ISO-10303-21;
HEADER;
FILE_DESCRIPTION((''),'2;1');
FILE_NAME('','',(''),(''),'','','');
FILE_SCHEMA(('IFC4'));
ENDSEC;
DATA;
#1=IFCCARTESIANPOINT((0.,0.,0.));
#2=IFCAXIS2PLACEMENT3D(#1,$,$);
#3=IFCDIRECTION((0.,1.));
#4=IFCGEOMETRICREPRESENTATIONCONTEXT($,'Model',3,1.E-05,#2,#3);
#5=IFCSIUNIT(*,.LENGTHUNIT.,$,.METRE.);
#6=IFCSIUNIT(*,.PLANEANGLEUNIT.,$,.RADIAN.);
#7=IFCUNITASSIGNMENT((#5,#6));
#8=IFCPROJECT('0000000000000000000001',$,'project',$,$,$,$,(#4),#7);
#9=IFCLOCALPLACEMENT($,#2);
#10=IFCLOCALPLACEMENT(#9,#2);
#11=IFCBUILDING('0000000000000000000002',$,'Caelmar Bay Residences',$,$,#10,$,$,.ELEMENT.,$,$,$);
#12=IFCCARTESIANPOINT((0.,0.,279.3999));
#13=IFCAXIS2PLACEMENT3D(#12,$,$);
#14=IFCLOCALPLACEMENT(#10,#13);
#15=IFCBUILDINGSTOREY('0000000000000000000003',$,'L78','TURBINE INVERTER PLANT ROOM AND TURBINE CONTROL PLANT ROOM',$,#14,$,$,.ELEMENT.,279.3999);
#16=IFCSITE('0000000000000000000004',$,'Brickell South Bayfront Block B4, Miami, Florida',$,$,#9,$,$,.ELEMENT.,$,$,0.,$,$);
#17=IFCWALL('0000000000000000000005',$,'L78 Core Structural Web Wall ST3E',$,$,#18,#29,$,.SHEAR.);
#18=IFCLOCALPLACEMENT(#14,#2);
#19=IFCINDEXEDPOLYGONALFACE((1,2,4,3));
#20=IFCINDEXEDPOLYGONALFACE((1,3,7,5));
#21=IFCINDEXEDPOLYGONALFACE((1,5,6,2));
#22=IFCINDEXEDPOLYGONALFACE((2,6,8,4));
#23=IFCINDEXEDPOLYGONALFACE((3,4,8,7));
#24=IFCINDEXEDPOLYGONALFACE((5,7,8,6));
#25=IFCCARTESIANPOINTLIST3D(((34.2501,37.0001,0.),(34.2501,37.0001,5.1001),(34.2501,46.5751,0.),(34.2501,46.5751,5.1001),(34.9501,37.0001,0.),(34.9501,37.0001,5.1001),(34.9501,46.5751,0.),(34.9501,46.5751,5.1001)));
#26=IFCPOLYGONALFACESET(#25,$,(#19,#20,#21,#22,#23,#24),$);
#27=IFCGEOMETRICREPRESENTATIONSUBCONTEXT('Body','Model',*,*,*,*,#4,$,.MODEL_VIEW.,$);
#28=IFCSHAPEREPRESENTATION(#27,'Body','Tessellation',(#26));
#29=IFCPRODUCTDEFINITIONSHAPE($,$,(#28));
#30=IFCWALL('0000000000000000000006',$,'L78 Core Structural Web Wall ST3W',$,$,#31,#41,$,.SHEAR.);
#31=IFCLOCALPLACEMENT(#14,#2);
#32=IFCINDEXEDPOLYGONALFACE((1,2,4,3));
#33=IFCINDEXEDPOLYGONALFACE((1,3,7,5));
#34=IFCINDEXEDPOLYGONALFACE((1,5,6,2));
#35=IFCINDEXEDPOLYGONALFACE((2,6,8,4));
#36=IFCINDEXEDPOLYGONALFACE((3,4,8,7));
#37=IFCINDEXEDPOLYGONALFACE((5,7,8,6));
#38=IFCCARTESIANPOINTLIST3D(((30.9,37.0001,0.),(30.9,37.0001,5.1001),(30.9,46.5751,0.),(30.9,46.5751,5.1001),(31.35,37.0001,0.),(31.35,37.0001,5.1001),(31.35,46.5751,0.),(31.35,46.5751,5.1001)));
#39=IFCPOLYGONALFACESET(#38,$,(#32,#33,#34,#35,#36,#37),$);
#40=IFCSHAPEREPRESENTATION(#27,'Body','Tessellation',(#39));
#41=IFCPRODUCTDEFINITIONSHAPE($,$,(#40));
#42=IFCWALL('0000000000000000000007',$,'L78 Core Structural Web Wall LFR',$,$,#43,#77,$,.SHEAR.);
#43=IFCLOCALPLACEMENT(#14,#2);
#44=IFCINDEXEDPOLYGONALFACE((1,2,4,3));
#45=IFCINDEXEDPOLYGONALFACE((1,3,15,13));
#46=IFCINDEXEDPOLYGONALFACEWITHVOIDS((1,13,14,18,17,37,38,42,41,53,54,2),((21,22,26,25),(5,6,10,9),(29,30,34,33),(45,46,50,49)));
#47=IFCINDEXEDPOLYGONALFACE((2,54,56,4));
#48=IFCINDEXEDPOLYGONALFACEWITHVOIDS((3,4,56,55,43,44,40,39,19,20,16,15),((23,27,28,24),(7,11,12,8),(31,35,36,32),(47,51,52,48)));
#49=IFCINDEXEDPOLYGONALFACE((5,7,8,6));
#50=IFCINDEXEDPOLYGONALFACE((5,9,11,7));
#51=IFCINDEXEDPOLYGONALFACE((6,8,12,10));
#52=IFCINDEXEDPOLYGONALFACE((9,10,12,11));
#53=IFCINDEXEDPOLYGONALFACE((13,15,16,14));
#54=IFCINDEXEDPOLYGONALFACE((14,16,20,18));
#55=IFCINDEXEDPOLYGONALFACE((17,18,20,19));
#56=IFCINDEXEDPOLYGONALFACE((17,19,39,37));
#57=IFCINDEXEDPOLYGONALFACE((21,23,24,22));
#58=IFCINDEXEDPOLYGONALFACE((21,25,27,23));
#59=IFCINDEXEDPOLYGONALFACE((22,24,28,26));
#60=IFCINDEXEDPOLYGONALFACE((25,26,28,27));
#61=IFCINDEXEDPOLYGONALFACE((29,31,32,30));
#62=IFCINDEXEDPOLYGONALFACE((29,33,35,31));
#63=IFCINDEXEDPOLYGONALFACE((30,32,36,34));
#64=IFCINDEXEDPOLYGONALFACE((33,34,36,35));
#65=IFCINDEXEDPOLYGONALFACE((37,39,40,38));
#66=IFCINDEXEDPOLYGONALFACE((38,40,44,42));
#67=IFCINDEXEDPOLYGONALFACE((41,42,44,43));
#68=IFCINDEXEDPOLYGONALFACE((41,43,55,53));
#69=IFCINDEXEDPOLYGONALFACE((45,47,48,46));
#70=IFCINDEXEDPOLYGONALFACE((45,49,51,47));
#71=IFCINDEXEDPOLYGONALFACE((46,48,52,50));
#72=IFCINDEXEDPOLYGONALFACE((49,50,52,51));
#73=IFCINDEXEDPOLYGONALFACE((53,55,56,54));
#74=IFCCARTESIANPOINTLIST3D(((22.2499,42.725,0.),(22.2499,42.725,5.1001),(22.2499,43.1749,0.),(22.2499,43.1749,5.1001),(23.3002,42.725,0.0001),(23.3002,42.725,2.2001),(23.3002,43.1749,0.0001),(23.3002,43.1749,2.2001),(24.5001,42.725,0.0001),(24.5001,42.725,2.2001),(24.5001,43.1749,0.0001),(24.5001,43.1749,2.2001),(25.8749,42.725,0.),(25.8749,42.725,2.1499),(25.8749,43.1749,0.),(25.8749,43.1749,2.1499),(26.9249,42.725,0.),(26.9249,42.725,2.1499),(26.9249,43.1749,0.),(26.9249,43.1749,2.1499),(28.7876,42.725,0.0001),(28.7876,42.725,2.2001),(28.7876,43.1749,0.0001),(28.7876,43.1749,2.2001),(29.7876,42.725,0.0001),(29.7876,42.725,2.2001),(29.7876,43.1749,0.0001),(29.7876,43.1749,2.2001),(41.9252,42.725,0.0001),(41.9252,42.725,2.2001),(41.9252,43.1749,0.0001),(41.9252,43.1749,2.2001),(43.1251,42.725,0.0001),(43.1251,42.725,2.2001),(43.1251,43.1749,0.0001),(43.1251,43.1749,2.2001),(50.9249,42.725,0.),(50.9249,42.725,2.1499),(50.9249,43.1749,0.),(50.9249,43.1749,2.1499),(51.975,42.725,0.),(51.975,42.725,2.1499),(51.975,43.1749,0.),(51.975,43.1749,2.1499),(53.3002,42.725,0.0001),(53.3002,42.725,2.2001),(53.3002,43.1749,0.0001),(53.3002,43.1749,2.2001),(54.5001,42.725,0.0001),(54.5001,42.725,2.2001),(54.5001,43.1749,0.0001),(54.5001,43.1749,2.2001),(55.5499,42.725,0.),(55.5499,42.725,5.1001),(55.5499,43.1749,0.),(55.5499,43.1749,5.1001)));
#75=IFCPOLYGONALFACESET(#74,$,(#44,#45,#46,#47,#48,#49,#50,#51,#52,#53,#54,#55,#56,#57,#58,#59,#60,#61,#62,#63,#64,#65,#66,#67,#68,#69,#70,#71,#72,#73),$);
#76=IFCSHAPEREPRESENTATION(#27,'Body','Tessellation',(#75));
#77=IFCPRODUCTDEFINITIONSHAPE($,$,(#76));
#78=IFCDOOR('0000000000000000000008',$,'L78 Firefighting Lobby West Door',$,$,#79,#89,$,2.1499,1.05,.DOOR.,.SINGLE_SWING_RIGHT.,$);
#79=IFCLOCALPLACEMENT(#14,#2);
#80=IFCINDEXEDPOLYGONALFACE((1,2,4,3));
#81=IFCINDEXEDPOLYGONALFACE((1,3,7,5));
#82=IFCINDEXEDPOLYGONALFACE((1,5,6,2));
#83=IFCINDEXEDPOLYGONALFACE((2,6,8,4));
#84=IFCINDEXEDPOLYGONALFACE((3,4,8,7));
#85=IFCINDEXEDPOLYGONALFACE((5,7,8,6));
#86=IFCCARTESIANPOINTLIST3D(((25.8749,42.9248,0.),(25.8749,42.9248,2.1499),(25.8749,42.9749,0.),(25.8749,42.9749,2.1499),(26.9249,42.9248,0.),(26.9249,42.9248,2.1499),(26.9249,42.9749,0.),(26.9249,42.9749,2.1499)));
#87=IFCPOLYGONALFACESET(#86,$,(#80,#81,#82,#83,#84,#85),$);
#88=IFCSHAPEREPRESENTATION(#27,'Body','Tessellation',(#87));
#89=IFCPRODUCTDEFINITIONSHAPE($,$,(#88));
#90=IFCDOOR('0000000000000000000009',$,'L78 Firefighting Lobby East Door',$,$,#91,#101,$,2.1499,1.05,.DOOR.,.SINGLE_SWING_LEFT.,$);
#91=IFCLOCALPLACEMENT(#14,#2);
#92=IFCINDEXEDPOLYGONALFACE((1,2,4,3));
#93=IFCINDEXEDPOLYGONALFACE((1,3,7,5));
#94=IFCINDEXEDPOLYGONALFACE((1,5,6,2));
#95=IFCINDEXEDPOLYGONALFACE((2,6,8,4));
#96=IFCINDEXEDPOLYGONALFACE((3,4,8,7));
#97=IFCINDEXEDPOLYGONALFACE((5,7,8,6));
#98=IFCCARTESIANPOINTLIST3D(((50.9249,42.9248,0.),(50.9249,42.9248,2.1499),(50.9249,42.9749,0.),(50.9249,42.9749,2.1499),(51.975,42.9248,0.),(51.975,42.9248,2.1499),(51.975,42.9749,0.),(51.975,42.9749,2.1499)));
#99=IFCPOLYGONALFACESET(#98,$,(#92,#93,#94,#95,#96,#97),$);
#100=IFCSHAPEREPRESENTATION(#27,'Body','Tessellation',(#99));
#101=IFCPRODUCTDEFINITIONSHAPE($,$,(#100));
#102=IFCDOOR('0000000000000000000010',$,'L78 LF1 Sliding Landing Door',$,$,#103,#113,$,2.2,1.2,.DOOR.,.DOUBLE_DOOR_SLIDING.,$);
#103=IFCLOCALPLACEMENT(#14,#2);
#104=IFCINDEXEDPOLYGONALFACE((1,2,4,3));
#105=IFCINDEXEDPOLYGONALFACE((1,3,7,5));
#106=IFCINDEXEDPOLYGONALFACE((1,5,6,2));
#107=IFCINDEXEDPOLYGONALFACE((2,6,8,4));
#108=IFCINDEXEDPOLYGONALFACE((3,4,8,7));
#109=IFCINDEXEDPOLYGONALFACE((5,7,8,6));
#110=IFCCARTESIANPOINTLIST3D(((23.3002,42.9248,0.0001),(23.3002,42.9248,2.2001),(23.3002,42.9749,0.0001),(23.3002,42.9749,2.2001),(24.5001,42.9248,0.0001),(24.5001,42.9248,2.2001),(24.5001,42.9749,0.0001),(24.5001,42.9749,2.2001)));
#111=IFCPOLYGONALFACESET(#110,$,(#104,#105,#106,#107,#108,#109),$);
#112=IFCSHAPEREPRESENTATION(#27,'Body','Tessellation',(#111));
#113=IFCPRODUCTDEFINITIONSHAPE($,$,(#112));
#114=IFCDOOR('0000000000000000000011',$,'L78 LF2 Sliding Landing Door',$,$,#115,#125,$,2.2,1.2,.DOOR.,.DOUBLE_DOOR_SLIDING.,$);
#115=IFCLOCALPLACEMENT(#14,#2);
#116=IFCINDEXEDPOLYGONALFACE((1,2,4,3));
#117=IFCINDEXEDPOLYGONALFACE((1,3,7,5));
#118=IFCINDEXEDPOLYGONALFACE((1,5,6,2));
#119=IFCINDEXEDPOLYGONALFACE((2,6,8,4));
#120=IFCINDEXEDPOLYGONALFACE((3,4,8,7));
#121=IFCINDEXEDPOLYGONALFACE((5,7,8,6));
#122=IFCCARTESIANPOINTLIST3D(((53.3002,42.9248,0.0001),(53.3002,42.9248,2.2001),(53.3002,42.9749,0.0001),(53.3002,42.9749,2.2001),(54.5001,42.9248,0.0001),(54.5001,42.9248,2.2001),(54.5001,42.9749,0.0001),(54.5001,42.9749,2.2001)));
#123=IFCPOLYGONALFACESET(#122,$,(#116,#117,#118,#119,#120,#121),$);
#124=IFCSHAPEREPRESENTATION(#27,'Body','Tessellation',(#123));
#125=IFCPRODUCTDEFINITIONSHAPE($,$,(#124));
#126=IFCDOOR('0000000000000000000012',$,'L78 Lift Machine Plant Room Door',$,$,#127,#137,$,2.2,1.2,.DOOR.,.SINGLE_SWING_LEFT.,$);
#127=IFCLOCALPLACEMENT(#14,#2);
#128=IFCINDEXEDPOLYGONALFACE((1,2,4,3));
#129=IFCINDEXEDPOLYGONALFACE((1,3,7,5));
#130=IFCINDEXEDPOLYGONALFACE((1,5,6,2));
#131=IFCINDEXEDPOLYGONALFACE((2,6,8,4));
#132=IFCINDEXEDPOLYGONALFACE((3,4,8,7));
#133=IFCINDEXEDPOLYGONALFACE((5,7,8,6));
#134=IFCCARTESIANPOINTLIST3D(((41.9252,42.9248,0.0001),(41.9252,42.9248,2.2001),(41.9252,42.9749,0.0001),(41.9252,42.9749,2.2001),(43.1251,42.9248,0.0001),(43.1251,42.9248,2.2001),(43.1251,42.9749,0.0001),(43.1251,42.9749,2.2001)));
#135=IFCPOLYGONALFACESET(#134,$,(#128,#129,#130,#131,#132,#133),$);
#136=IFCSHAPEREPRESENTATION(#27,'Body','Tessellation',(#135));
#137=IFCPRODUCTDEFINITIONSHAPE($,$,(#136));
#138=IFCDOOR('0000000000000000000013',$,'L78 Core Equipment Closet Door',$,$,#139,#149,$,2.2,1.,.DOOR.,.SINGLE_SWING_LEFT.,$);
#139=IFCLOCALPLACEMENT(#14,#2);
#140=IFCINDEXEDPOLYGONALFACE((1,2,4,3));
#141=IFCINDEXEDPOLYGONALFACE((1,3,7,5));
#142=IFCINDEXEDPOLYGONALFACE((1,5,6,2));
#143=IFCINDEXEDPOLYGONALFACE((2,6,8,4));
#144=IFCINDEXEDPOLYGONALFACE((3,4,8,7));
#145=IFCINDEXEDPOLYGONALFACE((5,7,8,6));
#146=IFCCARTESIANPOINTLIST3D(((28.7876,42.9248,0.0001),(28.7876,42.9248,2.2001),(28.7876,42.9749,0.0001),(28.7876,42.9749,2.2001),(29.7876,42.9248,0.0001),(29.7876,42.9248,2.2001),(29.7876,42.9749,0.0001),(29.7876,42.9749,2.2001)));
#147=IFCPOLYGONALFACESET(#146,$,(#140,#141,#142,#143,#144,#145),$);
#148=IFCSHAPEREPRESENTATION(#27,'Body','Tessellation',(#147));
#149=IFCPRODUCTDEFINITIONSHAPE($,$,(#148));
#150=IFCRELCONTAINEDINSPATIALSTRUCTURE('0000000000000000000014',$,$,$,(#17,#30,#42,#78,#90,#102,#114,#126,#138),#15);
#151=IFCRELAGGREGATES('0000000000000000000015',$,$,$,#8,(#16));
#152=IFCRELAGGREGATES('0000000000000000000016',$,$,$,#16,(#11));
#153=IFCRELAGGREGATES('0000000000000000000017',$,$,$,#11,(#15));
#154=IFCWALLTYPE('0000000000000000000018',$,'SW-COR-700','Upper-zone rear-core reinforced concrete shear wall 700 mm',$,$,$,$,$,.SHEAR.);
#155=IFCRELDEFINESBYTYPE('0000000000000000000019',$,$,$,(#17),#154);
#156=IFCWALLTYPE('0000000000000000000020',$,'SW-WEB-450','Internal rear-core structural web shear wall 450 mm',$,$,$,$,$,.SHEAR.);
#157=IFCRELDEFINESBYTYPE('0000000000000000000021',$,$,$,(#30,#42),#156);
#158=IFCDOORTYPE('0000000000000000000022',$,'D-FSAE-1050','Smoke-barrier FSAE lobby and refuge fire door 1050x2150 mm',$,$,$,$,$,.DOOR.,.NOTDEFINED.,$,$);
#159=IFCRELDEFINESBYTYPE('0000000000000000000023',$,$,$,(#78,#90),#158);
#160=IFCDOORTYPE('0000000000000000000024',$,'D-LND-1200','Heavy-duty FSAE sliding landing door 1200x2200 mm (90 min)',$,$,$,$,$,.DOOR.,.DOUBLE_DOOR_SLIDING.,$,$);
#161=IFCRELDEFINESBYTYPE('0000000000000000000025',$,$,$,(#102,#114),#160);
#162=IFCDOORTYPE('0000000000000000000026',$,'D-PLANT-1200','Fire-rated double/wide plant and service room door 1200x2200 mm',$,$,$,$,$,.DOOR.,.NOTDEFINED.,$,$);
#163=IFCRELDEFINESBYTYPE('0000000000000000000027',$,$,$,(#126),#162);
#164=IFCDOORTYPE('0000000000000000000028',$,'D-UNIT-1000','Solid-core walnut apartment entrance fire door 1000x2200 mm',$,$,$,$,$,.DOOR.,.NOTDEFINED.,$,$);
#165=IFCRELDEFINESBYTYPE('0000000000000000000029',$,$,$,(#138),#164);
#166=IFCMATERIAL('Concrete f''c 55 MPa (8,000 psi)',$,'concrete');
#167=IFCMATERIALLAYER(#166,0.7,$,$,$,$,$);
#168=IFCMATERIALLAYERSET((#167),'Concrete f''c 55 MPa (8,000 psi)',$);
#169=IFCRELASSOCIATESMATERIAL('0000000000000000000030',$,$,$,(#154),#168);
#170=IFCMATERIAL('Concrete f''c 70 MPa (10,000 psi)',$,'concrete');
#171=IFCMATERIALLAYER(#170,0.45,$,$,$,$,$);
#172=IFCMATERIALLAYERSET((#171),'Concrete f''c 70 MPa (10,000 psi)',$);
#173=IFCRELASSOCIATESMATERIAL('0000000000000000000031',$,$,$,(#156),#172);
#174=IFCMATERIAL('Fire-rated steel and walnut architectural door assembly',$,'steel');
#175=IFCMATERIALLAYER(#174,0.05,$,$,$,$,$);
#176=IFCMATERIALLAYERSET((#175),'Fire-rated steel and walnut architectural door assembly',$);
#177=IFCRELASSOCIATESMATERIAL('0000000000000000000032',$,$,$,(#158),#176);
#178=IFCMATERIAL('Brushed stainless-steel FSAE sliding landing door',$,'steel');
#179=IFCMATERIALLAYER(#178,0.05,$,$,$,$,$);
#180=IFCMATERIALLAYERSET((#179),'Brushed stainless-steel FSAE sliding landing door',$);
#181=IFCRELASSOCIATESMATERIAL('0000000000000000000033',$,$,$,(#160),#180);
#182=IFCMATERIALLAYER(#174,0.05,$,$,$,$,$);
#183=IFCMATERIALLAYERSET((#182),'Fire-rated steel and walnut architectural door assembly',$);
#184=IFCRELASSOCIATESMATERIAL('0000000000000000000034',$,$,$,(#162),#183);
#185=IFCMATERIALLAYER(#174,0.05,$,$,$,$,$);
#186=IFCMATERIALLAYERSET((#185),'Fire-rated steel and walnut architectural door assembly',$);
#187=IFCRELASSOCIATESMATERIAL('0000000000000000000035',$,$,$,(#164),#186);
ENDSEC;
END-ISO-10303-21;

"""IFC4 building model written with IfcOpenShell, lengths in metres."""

from ifc_helpers import new_model, si_unit, direction, frame, frame_2d, origin, place, context, subcontext, project, spatial, rectangle, extrude, material, layer, layer_set, type_object, element, fill, save


model = new_model("IFC4")

# Units and contexts
model_context = context("Model", 3, precision=1e-05, world=origin(), true_north=direction((0.0, 1.0)))
body_context = subcontext(model_context, "Body", "Model", "MODEL_VIEW")
ifc_project = project(units=[si_unit("LENGTHUNIT", "METRE"), si_unit("PLANEANGLEUNIT", "RADIAN")], contexts=[model_context])

# Site, building, storey
site_placement = place(None, origin())
site = spatial("IfcSite", under=ifc_project, at=site_placement, Name="Brickell South Bayfront Block B4, Miami, Florida", CompositionType="ELEMENT", RefElevation=0.0)
building_placement = place(site_placement, origin())
building = spatial("IfcBuilding", under=site, at=building_placement, Name="Caelmar Bay Residences", CompositionType="ELEMENT")
storey_placement = place(building_placement, frame((0.0, 0.0, 279.3999)))
storey = spatial("IfcBuildingStorey", under=building, at=storey_placement, Name="L78", Description="TURBINE INVERTER PLANT ROOM AND TURBINE CONTROL PLANT ROOM", CompositionType="ELEMENT", Elevation=279.3999)

# Shared definitions
ifc_material_1 = material(Name="Concrete f'c 55 MPa (8,000 psi)", Category="concrete")
ifc_layer_1 = layer(ifc_material_1, 0.7)
ifc_layer_set_1 = layer_set([ifc_layer_1], Name="Concrete f'c 55 MPa (8,000 psi)")
wall_type_1 = type_object("IfcWallType", Name="SW-COR-700", Description="Upper-zone rear-core reinforced concrete shear wall 700 mm", PredefinedType="SHEAR", material=ifc_layer_set_1)
ifc_material_2 = material(Name="Fire-rated steel and walnut architectural door assembly", Category="steel")

# Walls
wall_1_placement = place(storey_placement, frame((34.6001, 37.0, 0.0), z_axis=(0.0, 0.0, 1.0), x_axis=(0.0, 1.0, 0.0)))
element("IfcWall", 1, at=wall_1_placement, inside=storey, type_object=wall_type_1, Name="L78 Core Structural Web Wall ST3E", PredefinedType="SHEAR", context=body_context, shape_type="SweptSolid", body=[
    extrude(rectangle(XDim=9.575, YDim=0.7, at=frame_2d((4.7876, 0.0))), origin(), (0.0, 0.0, 1.0), 5.1001),
])
ifc_material_3 = material(Name="Concrete f'c 70 MPa (10,000 psi)", Category="concrete")
ifc_layer_2 = layer(ifc_material_3, 0.45)
ifc_layer_set_2 = layer_set([ifc_layer_2], Name="Concrete f'c 70 MPa (10,000 psi)")
wall_type_2 = type_object("IfcWallType", Name="SW-WEB-450", Description="Internal rear-core structural web shear wall 450 mm", PredefinedType="SHEAR", material=ifc_layer_set_2)
wall_2_placement = place(storey_placement, frame((31.125, 37.0, 0.0), z_axis=(0.0, 0.0, 1.0), x_axis=(0.0, 1.0, 0.0)))
element("IfcWall", 2, at=wall_2_placement, inside=storey, type_object=wall_type_2, Name="L78 Core Structural Web Wall ST3W", PredefinedType="SHEAR", context=body_context, shape_type="SweptSolid", body=[
    extrude(rectangle(XDim=9.575, YDim=0.45, at=frame_2d((4.7876, 0.0))), origin(), (0.0, 0.0, 1.0), 5.1001),
])

# Wall, openings, doors
wall_3_placement = place(storey_placement, frame((22.25, 42.95, 0.0), z_axis=(0.0, 0.0, 1.0), x_axis=(1.0, 0.0, 0.0)))
wall_3 = element("IfcWall", 3, at=wall_3_placement, inside=storey, type_object=wall_type_2, Name="L78 Core Structural Web Wall LFR", PredefinedType="SHEAR", context=body_context, shape_type="SweptSolid", body=[
    extrude(rectangle(XDim=33.3, YDim=0.45, at=frame_2d((16.6499, 0.0))), origin(), (0.0, 0.0, 1.0), 5.1001),
])
opening_1_placement = place(wall_3_placement, frame((1.05, 0.0, 0.0)))
opening_1 = element("IfcOpeningElement", 4, at=opening_1_placement, cuts=wall_3, PredefinedType="OPENING", context=body_context, shape_type="SweptSolid", body=[
    extrude(rectangle(XDim=1.2, YDim=2.2, at=frame_2d((0.6001, 1.1001))), frame((0.0, 0.2349, 0.0), z_axis=(0.0, -1.0, 0.0), x_axis=(1.0, 0.0, 0.0)), (0.0, 0.0, 1.0), 0.47),
])
opening_2_placement = place(wall_3_placement, frame((31.05, 0.0, 0.0)))
opening_2 = element("IfcOpeningElement", 5, at=opening_2_placement, cuts=wall_3, PredefinedType="OPENING", context=body_context, shape_type="SweptSolid", body=[
    extrude(rectangle(XDim=1.2, YDim=2.2, at=frame_2d((0.6001, 1.1001))), frame((0.0, 0.2349, 0.0), z_axis=(0.0, -1.0, 0.0), x_axis=(1.0, 0.0, 0.0)), (0.0, 0.0, 1.0), 0.47),
])
opening_3_placement = place(wall_3_placement, frame((3.625, 0.0, 0.0)))
opening_3 = element("IfcOpeningElement", 6, at=opening_3_placement, cuts=wall_3, PredefinedType="OPENING", context=body_context, shape_type="SweptSolid", body=[
    extrude(rectangle(XDim=1.05, YDim=2.1499, at=frame_2d((0.5249, 1.075))), frame((0.0, 0.2349, 0.0), z_axis=(0.0, -1.0, 0.0), x_axis=(1.0, 0.0, 0.0)), (0.0, 0.0, 1.0), 0.47),
])
opening_4_placement = place(wall_3_placement, frame((28.675, 0.0, 0.0)))
opening_4 = element("IfcOpeningElement", 7, at=opening_4_placement, cuts=wall_3, PredefinedType="OPENING", context=body_context, shape_type="SweptSolid", body=[
    extrude(rectangle(XDim=1.05, YDim=2.1499, at=frame_2d((0.5249, 1.075))), frame((0.0, 0.2349, 0.0), z_axis=(0.0, -1.0, 0.0), x_axis=(1.0, 0.0, 0.0)), (0.0, 0.0, 1.0), 0.47),
])
opening_5_placement = place(wall_3_placement, frame((6.5376, 0.0, 0.0)))
opening_5 = element("IfcOpeningElement", 8, at=opening_5_placement, cuts=wall_3, PredefinedType="OPENING", context=body_context, shape_type="SweptSolid", body=[
    extrude(rectangle(XDim=1.0, YDim=2.2, at=frame_2d((0.5, 1.1001))), frame((0.0, 0.2349, 0.0), z_axis=(0.0, -1.0, 0.0), x_axis=(1.0, 0.0, 0.0)), (0.0, 0.0, 1.0), 0.47),
])
opening_6_placement = place(wall_3_placement, frame((19.675, 0.0, 0.0)))
opening_6 = element("IfcOpeningElement", 9, at=opening_6_placement, cuts=wall_3, PredefinedType="OPENING", context=body_context, shape_type="SweptSolid", body=[
    extrude(rectangle(XDim=1.2, YDim=2.2, at=frame_2d((0.6001, 1.1001))), frame((0.0, 0.2349, 0.0), z_axis=(0.0, -1.0, 0.0), x_axis=(1.0, 0.0, 0.0)), (0.0, 0.0, 1.0), 0.47),
])
ifc_layer_3 = layer(ifc_material_2, 0.05)
ifc_layer_set_3 = layer_set([ifc_layer_3], Name="Fire-rated steel and walnut architectural door assembly")
door_type_1 = type_object("IfcDoorType", Name="D-FSAE-1050", Description="Smoke-barrier FSAE lobby and refuge fire door 1050x2150 mm", OperationType="NOTDEFINED", PredefinedType="DOOR", material=ifc_layer_set_3)
door_1_placement = place(opening_3_placement, origin())
door_1 = element("IfcDoor", 10, at=door_1_placement, inside=storey, type_object=door_type_1, Name="L78 Firefighting Lobby West Door", OperationType="SINGLE_SWING_RIGHT", OverallHeight=2.1499, OverallWidth=1.05, PredefinedType="DOOR", context=body_context, shape_type="SweptSolid", body=[
    extrude(rectangle(XDim=1.05, YDim=2.1499, at=frame_2d((0.5249, 1.075))), frame((0.0, 0.0249, 0.0), z_axis=(0.0, -1.0, 0.0), x_axis=(1.0, 0.0, 0.0)), (0.0, 0.0, 1.0), 0.05),
])
fill(opening_3, door_1)
door_2_placement = place(opening_4_placement, origin())
door_2 = element("IfcDoor", 11, at=door_2_placement, inside=storey, type_object=door_type_1, Name="L78 Firefighting Lobby East Door", OperationType="SINGLE_SWING_LEFT", OverallHeight=2.1499, OverallWidth=1.05, PredefinedType="DOOR", context=body_context, shape_type="SweptSolid", body=[
    extrude(rectangle(XDim=1.05, YDim=2.1499, at=frame_2d((0.5249, 1.075))), frame((0.0, 0.0249, 0.0), z_axis=(0.0, -1.0, 0.0), x_axis=(1.0, 0.0, 0.0)), (0.0, 0.0, 1.0), 0.05),
])
fill(opening_4, door_2)
ifc_material_4 = material(Name="Brushed stainless-steel FSAE sliding landing door", Category="steel")
ifc_layer_4 = layer(ifc_material_4, 0.05)
ifc_layer_set_4 = layer_set([ifc_layer_4], Name="Brushed stainless-steel FSAE sliding landing door")
door_type_2 = type_object("IfcDoorType", Name="D-LND-1200", Description="Heavy-duty FSAE sliding landing door 1200x2200 mm (90 min)", OperationType="DOUBLE_DOOR_SLIDING", PredefinedType="DOOR", material=ifc_layer_set_4)
door_3_placement = place(opening_1_placement, origin())
door_3 = element("IfcDoor", 12, at=door_3_placement, inside=storey, type_object=door_type_2, Name="L78 LF1 Sliding Landing Door", OperationType="DOUBLE_DOOR_SLIDING", OverallHeight=2.2, OverallWidth=1.2, PredefinedType="DOOR", context=body_context, shape_type="SweptSolid", body=[
    extrude(rectangle(XDim=1.2, YDim=2.2, at=frame_2d((0.6001, 1.1001))), frame((0.0, 0.0249, 0.0), z_axis=(0.0, -1.0, 0.0), x_axis=(1.0, 0.0, 0.0)), (0.0, 0.0, 1.0), 0.05),
])
fill(opening_1, door_3)
door_4_placement = place(opening_2_placement, origin())
door_4 = element("IfcDoor", 13, at=door_4_placement, inside=storey, type_object=door_type_2, Name="L78 LF2 Sliding Landing Door", OperationType="DOUBLE_DOOR_SLIDING", OverallHeight=2.2, OverallWidth=1.2, PredefinedType="DOOR", context=body_context, shape_type="SweptSolid", body=[
    extrude(rectangle(XDim=1.2, YDim=2.2, at=frame_2d((0.6001, 1.1001))), frame((0.0, 0.0249, 0.0), z_axis=(0.0, -1.0, 0.0), x_axis=(1.0, 0.0, 0.0)), (0.0, 0.0, 1.0), 0.05),
])
fill(opening_2, door_4)
ifc_layer_5 = layer(ifc_material_2, 0.05)
ifc_layer_set_5 = layer_set([ifc_layer_5], Name="Fire-rated steel and walnut architectural door assembly")
door_type_3 = type_object("IfcDoorType", Name="D-PLANT-1200", Description="Fire-rated double/wide plant and service room door 1200x2200 mm", OperationType="NOTDEFINED", PredefinedType="DOOR", material=ifc_layer_set_5)
door_5_placement = place(opening_6_placement, origin())
door_5 = element("IfcDoor", 14, at=door_5_placement, inside=storey, type_object=door_type_3, Name="L78 Lift Machine Plant Room Door", OperationType="SINGLE_SWING_LEFT", OverallHeight=2.2, OverallWidth=1.2, PredefinedType="DOOR", context=body_context, shape_type="SweptSolid", body=[
    extrude(rectangle(XDim=1.2, YDim=2.2, at=frame_2d((0.6001, 1.1001))), frame((0.0, 0.0249, 0.0), z_axis=(0.0, -1.0, 0.0), x_axis=(1.0, 0.0, 0.0)), (0.0, 0.0, 1.0), 0.05),
])
fill(opening_6, door_5)
ifc_layer_6 = layer(ifc_material_2, 0.05)
ifc_layer_set_6 = layer_set([ifc_layer_6], Name="Fire-rated steel and walnut architectural door assembly")
door_type_4 = type_object("IfcDoorType", Name="D-UNIT-1000", Description="Solid-core walnut apartment entrance fire door 1000x2200 mm", OperationType="NOTDEFINED", PredefinedType="DOOR", material=ifc_layer_set_6)
door_6_placement = place(opening_5_placement, origin())
door_6 = element("IfcDoor", 15, at=door_6_placement, inside=storey, type_object=door_type_4, Name="L78 Core Equipment Closet Door", OperationType="SINGLE_SWING_LEFT", OverallHeight=2.2, OverallWidth=1.0, PredefinedType="DOOR", context=body_context, shape_type="SweptSolid", body=[
    extrude(rectangle(XDim=1.0, YDim=2.2, at=frame_2d((0.5, 1.1001))), frame((0.0, 0.0249, 0.0), z_axis=(0.0, -1.0, 0.0), x_axis=(1.0, 0.0, 0.0)), (0.0, 0.0, 1.0), 0.05),
])
fill(opening_5, door_6)

save(model, "model.ifc")
